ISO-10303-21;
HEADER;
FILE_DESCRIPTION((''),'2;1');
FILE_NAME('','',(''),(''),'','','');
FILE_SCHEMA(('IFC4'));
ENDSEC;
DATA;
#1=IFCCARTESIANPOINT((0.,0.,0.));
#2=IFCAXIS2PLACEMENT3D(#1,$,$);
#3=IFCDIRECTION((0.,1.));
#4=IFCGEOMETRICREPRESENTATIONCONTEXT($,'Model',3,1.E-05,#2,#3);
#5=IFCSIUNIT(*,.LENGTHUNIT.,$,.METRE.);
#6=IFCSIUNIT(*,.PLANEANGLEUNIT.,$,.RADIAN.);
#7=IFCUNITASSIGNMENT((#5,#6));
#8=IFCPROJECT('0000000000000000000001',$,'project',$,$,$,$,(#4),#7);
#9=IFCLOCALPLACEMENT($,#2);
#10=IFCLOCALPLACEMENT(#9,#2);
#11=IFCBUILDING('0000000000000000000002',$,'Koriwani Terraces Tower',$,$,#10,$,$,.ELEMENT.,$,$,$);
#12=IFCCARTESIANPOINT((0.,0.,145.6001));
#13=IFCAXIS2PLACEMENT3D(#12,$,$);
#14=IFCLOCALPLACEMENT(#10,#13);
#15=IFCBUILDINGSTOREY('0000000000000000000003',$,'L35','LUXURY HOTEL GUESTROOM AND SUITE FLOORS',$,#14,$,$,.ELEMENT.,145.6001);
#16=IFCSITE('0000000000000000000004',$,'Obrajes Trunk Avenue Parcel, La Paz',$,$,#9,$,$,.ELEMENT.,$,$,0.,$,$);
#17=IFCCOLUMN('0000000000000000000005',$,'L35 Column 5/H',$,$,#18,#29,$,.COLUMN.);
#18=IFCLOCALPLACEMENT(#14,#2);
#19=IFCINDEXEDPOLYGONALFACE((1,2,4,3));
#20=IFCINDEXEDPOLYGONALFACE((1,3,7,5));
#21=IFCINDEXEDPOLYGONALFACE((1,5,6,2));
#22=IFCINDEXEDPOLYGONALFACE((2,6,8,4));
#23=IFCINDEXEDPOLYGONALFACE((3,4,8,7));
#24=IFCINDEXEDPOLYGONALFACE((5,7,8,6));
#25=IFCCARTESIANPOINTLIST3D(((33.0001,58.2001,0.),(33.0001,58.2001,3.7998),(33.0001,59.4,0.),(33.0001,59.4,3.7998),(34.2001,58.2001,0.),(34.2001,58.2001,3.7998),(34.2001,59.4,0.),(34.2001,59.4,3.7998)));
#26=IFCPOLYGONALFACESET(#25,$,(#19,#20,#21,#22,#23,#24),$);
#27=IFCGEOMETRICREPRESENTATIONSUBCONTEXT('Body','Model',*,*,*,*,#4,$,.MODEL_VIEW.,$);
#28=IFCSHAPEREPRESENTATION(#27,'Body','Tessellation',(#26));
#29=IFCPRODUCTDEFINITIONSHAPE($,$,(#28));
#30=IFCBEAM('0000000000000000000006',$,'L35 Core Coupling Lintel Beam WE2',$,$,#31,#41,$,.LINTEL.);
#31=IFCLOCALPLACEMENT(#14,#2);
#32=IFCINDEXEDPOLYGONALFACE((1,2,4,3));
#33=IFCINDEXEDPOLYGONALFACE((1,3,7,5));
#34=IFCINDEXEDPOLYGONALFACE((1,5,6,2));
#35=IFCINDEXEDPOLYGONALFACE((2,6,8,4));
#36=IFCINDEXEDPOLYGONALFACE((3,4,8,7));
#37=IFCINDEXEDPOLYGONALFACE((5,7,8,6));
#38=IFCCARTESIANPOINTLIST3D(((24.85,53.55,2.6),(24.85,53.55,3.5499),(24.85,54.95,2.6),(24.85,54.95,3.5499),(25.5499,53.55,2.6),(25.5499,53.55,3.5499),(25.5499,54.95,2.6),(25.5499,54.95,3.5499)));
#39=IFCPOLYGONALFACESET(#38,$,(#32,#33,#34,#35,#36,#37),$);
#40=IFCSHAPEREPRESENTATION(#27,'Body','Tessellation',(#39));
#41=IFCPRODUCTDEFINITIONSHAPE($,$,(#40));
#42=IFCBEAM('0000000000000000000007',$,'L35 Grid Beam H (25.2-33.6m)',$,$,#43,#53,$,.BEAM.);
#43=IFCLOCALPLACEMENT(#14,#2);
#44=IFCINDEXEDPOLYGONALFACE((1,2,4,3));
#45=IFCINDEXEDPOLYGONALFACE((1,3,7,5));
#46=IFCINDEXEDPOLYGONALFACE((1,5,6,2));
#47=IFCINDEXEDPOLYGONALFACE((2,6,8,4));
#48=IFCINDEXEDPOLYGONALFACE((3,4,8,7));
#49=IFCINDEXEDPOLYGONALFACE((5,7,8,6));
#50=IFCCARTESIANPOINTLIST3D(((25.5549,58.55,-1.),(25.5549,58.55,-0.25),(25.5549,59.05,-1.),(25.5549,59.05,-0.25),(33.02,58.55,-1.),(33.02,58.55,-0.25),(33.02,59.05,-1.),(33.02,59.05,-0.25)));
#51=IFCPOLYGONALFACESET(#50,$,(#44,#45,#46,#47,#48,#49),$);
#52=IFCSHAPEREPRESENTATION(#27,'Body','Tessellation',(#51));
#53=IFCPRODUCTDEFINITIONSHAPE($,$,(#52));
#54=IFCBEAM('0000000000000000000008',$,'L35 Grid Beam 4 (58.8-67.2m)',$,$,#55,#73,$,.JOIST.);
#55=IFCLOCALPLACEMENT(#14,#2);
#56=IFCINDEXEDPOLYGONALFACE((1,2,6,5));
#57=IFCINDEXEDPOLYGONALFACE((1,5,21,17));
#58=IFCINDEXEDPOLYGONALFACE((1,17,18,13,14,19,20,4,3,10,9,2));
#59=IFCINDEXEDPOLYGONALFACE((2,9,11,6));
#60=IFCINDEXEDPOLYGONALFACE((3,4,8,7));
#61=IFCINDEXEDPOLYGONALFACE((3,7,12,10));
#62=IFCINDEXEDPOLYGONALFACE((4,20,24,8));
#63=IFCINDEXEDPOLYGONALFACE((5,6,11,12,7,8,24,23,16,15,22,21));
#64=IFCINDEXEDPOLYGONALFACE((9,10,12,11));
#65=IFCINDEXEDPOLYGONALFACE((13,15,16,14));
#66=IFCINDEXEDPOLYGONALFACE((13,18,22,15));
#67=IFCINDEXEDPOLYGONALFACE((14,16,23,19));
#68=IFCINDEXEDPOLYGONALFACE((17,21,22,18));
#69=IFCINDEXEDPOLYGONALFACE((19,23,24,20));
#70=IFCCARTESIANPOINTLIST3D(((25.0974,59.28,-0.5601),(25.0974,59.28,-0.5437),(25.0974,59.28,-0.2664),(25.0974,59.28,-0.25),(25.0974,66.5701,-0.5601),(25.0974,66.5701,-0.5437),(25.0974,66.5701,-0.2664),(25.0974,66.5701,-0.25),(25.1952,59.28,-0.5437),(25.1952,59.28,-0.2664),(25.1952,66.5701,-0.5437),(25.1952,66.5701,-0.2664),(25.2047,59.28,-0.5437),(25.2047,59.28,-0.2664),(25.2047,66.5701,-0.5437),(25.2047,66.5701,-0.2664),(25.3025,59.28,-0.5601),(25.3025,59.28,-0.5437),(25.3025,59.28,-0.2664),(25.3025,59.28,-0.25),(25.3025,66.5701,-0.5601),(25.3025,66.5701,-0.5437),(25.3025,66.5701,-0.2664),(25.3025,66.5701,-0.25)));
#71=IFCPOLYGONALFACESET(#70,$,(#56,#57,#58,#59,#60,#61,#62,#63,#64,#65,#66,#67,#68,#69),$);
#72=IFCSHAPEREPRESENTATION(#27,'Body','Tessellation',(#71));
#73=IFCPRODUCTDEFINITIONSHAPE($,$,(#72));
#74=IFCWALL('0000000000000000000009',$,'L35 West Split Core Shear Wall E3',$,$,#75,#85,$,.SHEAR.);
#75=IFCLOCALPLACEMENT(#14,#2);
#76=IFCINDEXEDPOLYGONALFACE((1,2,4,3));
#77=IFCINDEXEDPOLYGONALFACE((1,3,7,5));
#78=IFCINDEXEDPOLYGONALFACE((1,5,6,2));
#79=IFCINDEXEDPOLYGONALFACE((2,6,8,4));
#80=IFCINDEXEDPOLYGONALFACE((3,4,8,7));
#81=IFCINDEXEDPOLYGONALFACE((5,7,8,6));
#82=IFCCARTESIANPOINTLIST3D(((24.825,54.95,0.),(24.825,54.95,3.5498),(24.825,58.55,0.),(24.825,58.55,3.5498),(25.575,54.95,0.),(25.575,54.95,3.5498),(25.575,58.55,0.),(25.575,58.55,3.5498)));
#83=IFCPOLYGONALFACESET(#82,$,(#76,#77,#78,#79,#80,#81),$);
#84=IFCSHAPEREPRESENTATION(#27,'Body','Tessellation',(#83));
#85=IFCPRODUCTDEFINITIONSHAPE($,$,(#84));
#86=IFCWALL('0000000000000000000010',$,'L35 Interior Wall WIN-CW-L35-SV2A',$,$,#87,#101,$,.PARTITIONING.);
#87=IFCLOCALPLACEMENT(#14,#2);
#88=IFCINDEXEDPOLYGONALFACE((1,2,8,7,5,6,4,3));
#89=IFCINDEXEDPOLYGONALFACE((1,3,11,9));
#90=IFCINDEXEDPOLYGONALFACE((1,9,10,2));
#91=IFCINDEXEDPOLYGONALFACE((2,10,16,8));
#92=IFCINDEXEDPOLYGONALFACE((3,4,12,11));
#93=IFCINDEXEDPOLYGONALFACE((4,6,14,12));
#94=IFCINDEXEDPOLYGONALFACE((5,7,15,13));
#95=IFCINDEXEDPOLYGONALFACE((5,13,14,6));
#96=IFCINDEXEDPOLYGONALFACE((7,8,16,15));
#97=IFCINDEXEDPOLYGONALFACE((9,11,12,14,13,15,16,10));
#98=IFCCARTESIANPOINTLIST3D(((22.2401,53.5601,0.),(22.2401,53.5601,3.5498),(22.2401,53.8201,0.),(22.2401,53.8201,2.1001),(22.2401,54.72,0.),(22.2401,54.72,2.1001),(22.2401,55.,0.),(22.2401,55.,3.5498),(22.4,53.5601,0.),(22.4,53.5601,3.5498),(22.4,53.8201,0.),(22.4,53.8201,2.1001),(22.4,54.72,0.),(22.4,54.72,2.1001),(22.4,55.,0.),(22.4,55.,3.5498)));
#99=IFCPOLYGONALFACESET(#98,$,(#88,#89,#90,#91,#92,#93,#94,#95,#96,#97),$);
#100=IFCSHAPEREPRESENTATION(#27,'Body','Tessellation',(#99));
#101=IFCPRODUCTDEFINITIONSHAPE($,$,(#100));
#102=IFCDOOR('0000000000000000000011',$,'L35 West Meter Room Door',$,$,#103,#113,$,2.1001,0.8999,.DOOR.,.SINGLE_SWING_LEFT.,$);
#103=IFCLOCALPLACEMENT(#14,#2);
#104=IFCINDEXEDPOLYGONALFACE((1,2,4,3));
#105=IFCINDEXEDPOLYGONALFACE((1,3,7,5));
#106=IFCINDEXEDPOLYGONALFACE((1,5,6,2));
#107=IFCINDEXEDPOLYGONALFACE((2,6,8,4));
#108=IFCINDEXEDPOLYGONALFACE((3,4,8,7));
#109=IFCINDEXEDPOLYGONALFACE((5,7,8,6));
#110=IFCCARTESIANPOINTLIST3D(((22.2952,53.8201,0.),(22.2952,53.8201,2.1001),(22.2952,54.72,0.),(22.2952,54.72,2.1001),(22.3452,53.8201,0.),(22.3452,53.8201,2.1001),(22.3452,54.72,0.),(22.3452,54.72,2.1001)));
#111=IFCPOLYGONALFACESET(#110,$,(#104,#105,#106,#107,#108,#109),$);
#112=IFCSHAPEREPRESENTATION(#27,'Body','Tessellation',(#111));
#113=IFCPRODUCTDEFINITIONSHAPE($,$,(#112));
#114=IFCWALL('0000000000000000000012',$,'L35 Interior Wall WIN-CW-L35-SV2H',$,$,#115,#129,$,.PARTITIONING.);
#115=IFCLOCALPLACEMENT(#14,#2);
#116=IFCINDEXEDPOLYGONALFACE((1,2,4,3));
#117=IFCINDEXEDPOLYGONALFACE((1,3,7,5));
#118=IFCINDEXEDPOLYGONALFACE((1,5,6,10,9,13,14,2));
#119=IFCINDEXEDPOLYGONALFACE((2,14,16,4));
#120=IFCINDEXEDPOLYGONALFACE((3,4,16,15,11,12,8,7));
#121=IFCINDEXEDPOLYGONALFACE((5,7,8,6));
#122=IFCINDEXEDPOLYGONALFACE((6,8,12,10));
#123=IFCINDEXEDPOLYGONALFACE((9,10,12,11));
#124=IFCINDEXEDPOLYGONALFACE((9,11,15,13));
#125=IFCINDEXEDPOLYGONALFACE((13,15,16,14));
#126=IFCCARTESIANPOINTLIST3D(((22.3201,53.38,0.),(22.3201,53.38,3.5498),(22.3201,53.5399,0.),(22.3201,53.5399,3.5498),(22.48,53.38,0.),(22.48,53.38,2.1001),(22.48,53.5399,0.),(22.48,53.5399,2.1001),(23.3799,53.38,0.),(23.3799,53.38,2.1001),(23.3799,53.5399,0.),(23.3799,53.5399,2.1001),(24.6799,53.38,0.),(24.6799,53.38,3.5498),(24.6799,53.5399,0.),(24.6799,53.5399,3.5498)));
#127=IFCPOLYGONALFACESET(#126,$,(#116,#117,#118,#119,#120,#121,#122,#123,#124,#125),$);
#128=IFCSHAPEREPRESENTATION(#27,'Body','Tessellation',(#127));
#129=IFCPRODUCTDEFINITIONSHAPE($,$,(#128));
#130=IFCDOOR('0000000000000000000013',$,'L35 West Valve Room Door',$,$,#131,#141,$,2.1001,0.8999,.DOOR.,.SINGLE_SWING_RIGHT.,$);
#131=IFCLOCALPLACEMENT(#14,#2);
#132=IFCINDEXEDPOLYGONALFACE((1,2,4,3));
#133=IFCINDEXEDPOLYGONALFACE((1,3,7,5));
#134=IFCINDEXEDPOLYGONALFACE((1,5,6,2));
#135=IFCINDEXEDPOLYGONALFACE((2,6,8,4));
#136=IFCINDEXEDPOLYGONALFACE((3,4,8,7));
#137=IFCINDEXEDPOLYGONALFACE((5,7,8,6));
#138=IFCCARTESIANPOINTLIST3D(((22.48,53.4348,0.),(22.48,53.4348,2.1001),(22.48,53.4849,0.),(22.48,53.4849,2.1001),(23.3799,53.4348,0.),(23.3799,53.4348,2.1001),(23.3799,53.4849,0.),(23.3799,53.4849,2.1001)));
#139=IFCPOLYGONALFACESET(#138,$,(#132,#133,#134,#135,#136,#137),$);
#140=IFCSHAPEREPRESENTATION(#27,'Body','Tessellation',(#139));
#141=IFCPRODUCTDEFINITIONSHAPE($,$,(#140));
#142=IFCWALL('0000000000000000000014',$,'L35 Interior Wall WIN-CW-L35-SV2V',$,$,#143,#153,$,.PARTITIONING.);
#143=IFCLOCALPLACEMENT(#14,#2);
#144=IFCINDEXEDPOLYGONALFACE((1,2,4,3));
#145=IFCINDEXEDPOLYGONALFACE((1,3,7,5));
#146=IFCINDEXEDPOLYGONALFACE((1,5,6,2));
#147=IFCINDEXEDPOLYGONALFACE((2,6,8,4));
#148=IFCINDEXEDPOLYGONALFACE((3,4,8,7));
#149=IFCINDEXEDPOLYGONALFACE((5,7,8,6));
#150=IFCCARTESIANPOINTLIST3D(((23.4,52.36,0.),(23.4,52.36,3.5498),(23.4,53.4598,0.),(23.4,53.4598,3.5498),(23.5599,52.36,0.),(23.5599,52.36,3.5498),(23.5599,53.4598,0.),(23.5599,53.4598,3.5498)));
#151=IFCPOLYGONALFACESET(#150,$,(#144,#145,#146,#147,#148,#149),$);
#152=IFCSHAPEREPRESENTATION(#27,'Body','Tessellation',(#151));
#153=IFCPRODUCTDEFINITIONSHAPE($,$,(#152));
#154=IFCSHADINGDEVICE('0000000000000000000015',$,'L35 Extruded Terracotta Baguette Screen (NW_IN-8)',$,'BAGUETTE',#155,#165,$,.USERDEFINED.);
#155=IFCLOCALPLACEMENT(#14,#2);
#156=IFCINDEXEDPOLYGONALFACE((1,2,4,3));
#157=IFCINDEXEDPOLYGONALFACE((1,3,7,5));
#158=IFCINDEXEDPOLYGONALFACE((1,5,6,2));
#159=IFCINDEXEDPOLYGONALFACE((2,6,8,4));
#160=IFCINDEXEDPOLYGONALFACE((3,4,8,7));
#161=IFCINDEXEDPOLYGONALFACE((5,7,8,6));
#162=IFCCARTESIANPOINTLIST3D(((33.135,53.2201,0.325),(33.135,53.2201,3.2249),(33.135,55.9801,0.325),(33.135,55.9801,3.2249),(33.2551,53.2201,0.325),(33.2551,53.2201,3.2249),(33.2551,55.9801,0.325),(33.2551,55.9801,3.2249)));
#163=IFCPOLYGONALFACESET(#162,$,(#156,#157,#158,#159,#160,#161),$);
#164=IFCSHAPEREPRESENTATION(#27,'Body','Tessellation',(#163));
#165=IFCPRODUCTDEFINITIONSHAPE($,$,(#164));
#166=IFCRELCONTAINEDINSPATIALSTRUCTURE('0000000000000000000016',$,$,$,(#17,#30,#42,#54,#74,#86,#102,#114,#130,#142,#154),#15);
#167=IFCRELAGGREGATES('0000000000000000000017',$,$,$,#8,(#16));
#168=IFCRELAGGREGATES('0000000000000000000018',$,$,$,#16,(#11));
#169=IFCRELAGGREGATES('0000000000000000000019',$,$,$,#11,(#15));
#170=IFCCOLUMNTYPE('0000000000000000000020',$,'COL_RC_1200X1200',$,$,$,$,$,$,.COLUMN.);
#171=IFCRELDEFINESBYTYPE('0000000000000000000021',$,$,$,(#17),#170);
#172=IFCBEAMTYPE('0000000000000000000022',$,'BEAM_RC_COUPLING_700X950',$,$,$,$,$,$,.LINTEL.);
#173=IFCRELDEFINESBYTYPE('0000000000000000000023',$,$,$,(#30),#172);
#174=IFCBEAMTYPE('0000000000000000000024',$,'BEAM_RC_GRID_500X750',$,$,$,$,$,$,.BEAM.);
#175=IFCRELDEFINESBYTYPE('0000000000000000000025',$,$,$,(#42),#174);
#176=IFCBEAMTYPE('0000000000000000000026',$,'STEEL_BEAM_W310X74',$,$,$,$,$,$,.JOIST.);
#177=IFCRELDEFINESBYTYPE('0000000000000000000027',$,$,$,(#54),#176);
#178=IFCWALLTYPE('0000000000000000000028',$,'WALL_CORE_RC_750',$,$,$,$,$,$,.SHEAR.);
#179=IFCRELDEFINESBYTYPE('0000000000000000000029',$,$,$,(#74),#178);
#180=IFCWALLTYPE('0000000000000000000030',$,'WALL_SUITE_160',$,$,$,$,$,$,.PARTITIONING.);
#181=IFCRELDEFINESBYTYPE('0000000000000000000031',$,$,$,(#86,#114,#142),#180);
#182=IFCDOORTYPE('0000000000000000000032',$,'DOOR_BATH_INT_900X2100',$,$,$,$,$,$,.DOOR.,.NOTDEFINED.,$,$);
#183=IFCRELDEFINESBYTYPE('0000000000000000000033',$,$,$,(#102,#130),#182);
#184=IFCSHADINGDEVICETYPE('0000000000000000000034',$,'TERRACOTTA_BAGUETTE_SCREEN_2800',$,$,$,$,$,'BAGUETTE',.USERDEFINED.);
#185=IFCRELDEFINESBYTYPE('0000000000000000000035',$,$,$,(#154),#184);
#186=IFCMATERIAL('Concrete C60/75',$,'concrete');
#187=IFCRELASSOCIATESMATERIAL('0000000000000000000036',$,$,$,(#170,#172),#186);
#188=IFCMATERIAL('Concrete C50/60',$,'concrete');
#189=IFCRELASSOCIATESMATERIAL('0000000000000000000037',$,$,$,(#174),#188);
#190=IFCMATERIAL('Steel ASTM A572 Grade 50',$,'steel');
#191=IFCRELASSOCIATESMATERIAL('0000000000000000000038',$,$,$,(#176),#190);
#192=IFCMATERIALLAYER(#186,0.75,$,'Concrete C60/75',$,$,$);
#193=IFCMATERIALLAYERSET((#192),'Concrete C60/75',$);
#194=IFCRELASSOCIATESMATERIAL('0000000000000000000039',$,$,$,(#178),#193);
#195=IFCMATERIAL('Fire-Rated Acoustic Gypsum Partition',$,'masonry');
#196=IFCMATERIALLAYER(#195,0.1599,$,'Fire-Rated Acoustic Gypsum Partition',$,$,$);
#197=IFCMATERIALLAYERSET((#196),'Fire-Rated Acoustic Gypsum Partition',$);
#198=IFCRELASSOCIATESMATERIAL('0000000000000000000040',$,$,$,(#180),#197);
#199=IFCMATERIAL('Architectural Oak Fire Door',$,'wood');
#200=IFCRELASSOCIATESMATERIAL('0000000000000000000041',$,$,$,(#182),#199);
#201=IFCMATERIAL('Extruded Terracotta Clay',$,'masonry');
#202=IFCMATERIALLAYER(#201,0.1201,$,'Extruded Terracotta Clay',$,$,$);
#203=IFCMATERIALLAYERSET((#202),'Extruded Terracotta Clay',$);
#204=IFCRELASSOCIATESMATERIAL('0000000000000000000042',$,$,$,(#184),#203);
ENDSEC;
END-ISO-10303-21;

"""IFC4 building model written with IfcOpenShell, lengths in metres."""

from ifc_helpers import new_model, si_unit, direction, frame, frame_2d, origin, origin_2d, place, context, subcontext, project, spatial, rectangle, i_section, extrude, material, layer, layer_set, material_profile, profile_set, type_object, element, fill, save


model = new_model("IFC4")

# Units and contexts
model_context = context("Model", 3, precision=1e-05, world=origin(), true_north=direction((0.0, 1.0)))
body_context = subcontext(model_context, "Body", "Model", "MODEL_VIEW")
ifc_project = project(units=[si_unit("LENGTHUNIT", "METRE"), si_unit("PLANEANGLEUNIT", "RADIAN")], contexts=[model_context])

# Site, building, storey
site_placement = place(None, origin())
site = spatial("IfcSite", under=ifc_project, at=site_placement, Name="Obrajes Trunk Avenue Parcel, La Paz", CompositionType="ELEMENT", RefElevation=0.0)
building_placement = place(site_placement, origin())
building = spatial("IfcBuilding", under=site, at=building_placement, Name="Koriwani Terraces Tower", CompositionType="ELEMENT")
storey_placement = place(building_placement, frame((0.0, 0.0, 145.6001)))
storey = spatial("IfcBuildingStorey", under=building, at=storey_placement, Name="L35", Description="LUXURY HOTEL GUESTROOM AND SUITE FLOORS", CompositionType="ELEMENT", Elevation=145.6001)

# Column
ifc_material_1 = material(Name="Concrete C60/75", Category="concrete")
ifc_material_profile_1 = material_profile(ifc_material_1, rectangle(XDim=1.2, YDim=1.2, at=origin_2d()), Name="Concrete C60/75", Category="LoadBearing")
ifc_profile_set_1 = profile_set([ifc_material_profile_1], Name="Concrete C60/75")
column_type = type_object("IfcColumnType", Name="COL_RC_1200X1200", PredefinedType="COLUMN", material=ifc_profile_set_1)
column_placement = place(storey_placement, frame((33.6001, 58.8, 0.0), z_axis=(0.0, 0.0, 1.0), x_axis=(1.0, 0.0, 0.0)))
element("IfcColumn", 1, at=column_placement, inside=storey, type_object=column_type, Name="L35 Column 5/H", PredefinedType="COLUMN", context=body_context, shape_type="SweptSolid", body=[
    extrude(rectangle(XDim=1.2, YDim=1.2, at=origin_2d()), origin(), (0.0, 0.0, 1.0), 3.7998),
])

# Beams
ifc_material_profile_2 = material_profile(ifc_material_1, rectangle(XDim=0.7, YDim=0.95, at=origin_2d()), Name="Concrete C60/75", Category="LoadBearing")
ifc_profile_set_2 = profile_set([ifc_material_profile_2], Name="Concrete C60/75")
beam_type_1 = type_object("IfcBeamType", Name="BEAM_RC_COUPLING_700X950", PredefinedType="LINTEL", material=ifc_profile_set_2)
beam_1_placement = place(storey_placement, frame((25.2, 53.55, 3.075), z_axis=(0.0, 1.0, 0.0), x_axis=(-1.0, 0.0, 0.0)))
element("IfcBeam", 2, at=beam_1_placement, inside=storey, type_object=beam_type_1, Name="L35 Core Coupling Lintel Beam WE2", PredefinedType="LINTEL", context=body_context, shape_type="SweptSolid", body=[
    extrude(rectangle(XDim=0.7, YDim=0.95, at=origin_2d()), origin(), (0.0, 0.0, 1.0), 1.3999),
])
ifc_material_2 = material(Name="Concrete C50/60", Category="concrete")
ifc_material_profile_3 = material_profile(ifc_material_2, rectangle(XDim=0.5, YDim=0.75, at=origin_2d()), Name="Concrete C50/60", Category="LoadBearing")
ifc_profile_set_3 = profile_set([ifc_material_profile_3], Name="Concrete C50/60")
beam_type_2 = type_object("IfcBeamType", Name="BEAM_RC_GRID_500X750", PredefinedType="BEAM", material=ifc_profile_set_3)
beam_2_placement = place(storey_placement, frame((25.5549, 58.8, -0.625), z_axis=(1.0, 0.0, 0.0), x_axis=(0.0, 1.0, 0.0)))
element("IfcBeam", 3, at=beam_2_placement, inside=storey, type_object=beam_type_2, Name="L35 Grid Beam H (25.2-33.6m)", PredefinedType="BEAM", context=body_context, shape_type="SweptSolid", body=[
    extrude(rectangle(XDim=0.5, YDim=0.75, at=origin_2d()), origin(), (0.0, 0.0, 1.0), 7.4651),
])
ifc_material_3 = material(Name="Steel ASTM A572 Grade 50", Category="steel")
ifc_material_profile_4 = material_profile(ifc_material_3, i_section(OverallWidth=0.2051, OverallDepth=0.3101, WebThickness=0.0095, FlangeThickness=0.0164, at=origin_2d()), Name="Steel ASTM A572 Grade 50", Category="LoadBearing")
ifc_profile_set_4 = profile_set([ifc_material_profile_4], Name="Steel ASTM A572 Grade 50")
beam_type_3 = type_object("IfcBeamType", Name="STEEL_BEAM_W310X74", PredefinedType="JOIST", material=ifc_profile_set_4)
beam_3_placement = place(storey_placement, frame((25.2, 59.28, -0.405), z_axis=(0.0, 1.0, 0.0), x_axis=(-1.0, 0.0, 0.0)))
element("IfcBeam", 4, at=beam_3_placement, inside=storey, type_object=beam_type_3, Name="L35 Grid Beam 4 (58.8-67.2m)", PredefinedType="JOIST", context=body_context, shape_type="SweptSolid", body=[
    extrude(i_section(OverallWidth=0.2051, OverallDepth=0.3101, WebThickness=0.0095, FlangeThickness=0.0164, at=origin_2d()), origin(), (0.0, 0.0, 1.0), 7.29),
])

# Wall
ifc_layer_1 = layer(ifc_material_1, 0.75, Name="Concrete C60/75")
ifc_layer_set_1 = layer_set([ifc_layer_1], Name="Concrete C60/75")
wall_type_1 = type_object("IfcWallType", Name="WALL_CORE_RC_750", PredefinedType="SHEAR", material=ifc_layer_set_1)
wall_1_placement = place(storey_placement, frame((25.2, 54.95, 0.0), z_axis=(0.0, 0.0, 1.0), x_axis=(0.0, 1.0, 0.0)))
element("IfcWall", 5, at=wall_1_placement, inside=storey, type_object=wall_type_1, Name="L35 West Split Core Shear Wall E3", PredefinedType="SHEAR", context=body_context, shape_type="SweptSolid", body=[
    extrude(rectangle(XDim=3.6001, YDim=0.75, at=frame_2d((1.8, 0.0))), origin(), (0.0, 0.0, 1.0), 3.5498),
])

# Shared definitions
ifc_material_4 = material(Name="Architectural Oak Fire Door", Category="wood")

# Walls, openings, doors
ifc_material_5 = material(Name="Fire-Rated Acoustic Gypsum Partition", Category="masonry")
ifc_layer_2 = layer(ifc_material_5, 0.1599, Name="Fire-Rated Acoustic Gypsum Partition")
ifc_layer_set_2 = layer_set([ifc_layer_2], Name="Fire-Rated Acoustic Gypsum Partition")
wall_type_2 = type_object("IfcWallType", Name="WALL_SUITE_160", PredefinedType="PARTITIONING", material=ifc_layer_set_2)
wall_2_placement = place(storey_placement, frame((22.3201, 53.5601, 0.0), z_axis=(0.0, 0.0, 1.0), x_axis=(0.0, 1.0, 0.0)))
wall_2 = element("IfcWall", 6, at=wall_2_placement, inside=storey, type_object=wall_type_2, Name="L35 Interior Wall WIN-CW-L35-SV2A", PredefinedType="PARTITIONING", context=body_context, shape_type="SweptSolid", body=[
    extrude(rectangle(XDim=1.4399, YDim=0.1599, at=frame_2d((0.72, 0.0))), origin(), (0.0, 0.0, 1.0), 3.5498),
])
opening_1_placement = place(wall_2_placement, frame((0.26, 0.0, 0.0)))
opening_1 = element("IfcOpeningElement", 7, at=opening_1_placement, cuts=wall_2, PredefinedType="OPENING", context=body_context, shape_type="SweptSolid", body=[
    extrude(rectangle(XDim=0.8999, YDim=2.1001, at=frame_2d((0.45, 1.05))), frame((0.0, 0.0898, 0.0), z_axis=(0.0, -1.0, 0.0), x_axis=(1.0, 0.0, 0.0)), (0.0, 0.0, 1.0), 0.1799),
])
door_type_1 = type_object("IfcDoorType", Name="DOOR_BATH_INT_900X2100", OperationType="NOTDEFINED", PredefinedType="DOOR", material=ifc_material_4)
door_1_placement = place(opening_1_placement, origin())
door_1 = element("IfcDoor", 8, at=door_1_placement, inside=storey, type_object=door_type_1, Name="L35 West Meter Room Door", OperationType="SINGLE_SWING_LEFT", OverallHeight=2.1001, OverallWidth=0.8999, PredefinedType="DOOR", context=body_context, shape_type="SweptSolid", body=[
    extrude(rectangle(XDim=0.8999, YDim=2.1001, at=frame_2d((0.45, 1.05))), frame((0.0, 0.0249, 0.0), z_axis=(0.0, -1.0, 0.0), x_axis=(1.0, 0.0, 0.0)), (0.0, 0.0, 1.0), 0.05),
])
fill(opening_1, door_1)
wall_3_placement = place(storey_placement, frame((22.3201, 53.46, 0.0), z_axis=(0.0, 0.0, 1.0), x_axis=(1.0, 0.0, 0.0)))
wall_3 = element("IfcWall", 9, at=wall_3_placement, inside=storey, type_object=wall_type_2, Name="L35 Interior Wall WIN-CW-L35-SV2H", PredefinedType="PARTITIONING", context=body_context, shape_type="SweptSolid", body=[
    extrude(rectangle(XDim=2.3599, YDim=0.1599, at=frame_2d((1.1799, 0.0))), origin(), (0.0, 0.0, 1.0), 3.5498),
])
opening_2_placement = place(wall_3_placement, frame((0.1599, 0.0, 0.0)))
opening_2 = element("IfcOpeningElement", 10, at=opening_2_placement, cuts=wall_3, PredefinedType="OPENING", context=body_context, shape_type="SweptSolid", body=[
    extrude(rectangle(XDim=0.8999, YDim=2.1001, at=frame_2d((0.45, 1.05))), frame((0.0, 0.0898, 0.0), z_axis=(0.0, -1.0, 0.0), x_axis=(1.0, 0.0, 0.0)), (0.0, 0.0, 1.0), 0.1799),
])
door_2_placement = place(opening_2_placement, origin())
door_2 = element("IfcDoor", 11, at=door_2_placement, inside=storey, type_object=door_type_1, Name="L35 West Valve Room Door", OperationType="SINGLE_SWING_RIGHT", OverallHeight=2.1001, OverallWidth=0.8999, PredefinedType="DOOR", context=body_context, shape_type="SweptSolid", body=[
    extrude(rectangle(XDim=0.8999, YDim=2.1001, at=frame_2d((0.45, 1.05))), frame((0.0, 0.0249, 0.0), z_axis=(0.0, -1.0, 0.0), x_axis=(1.0, 0.0, 0.0)), (0.0, 0.0, 1.0), 0.05),
])
fill(opening_2, door_2)

# Wall
wall_4_placement = place(storey_placement, frame((23.48, 52.3601, 0.0), z_axis=(0.0, 0.0, 1.0), x_axis=(0.0, 1.0, 0.0)))
element("IfcWall", 12, at=wall_4_placement, inside=storey, type_object=wall_type_2, Name="L35 Interior Wall WIN-CW-L35-SV2V", PredefinedType="PARTITIONING", context=body_context, shape_type="SweptSolid", body=[
    extrude(rectangle(XDim=1.0999, YDim=0.1599, at=frame_2d((0.5498, 0.0))), origin(), (0.0, 0.0, 1.0), 3.5498),
])

# Shading device
ifc_material_6 = material(Name="Extruded Terracotta Clay", Category="masonry")
ifc_layer_3 = layer(ifc_material_6, 0.1201, Name="Extruded Terracotta Clay")
ifc_layer_set_3 = layer_set([ifc_layer_3], Name="Extruded Terracotta Clay")
shading_device_type = type_object("IfcShadingDeviceType", Name="TERRACOTTA_BAGUETTE_SCREEN_2800", ElementType="BAGUETTE", PredefinedType="USERDEFINED", material=ifc_layer_set_3)
shading_device_placement = place(storey_placement, frame((33.1951, 54.6001, 0.325), z_axis=(0.0, 0.0, 1.0), x_axis=(0.0, -1.0, 0.0)))
element("IfcShadingDevice", 13, at=shading_device_placement, inside=storey, type_object=shading_device_type, Name="L35 Extruded Terracotta Baguette Screen (NW_IN-8)", ObjectType="BAGUETTE", PredefinedType="USERDEFINED", context=body_context, shape_type="SweptSolid", body=[
    extrude(rectangle(XDim=2.76, YDim=0.1201, at=origin_2d()), origin(), (0.0, 0.0, 1.0), 2.8999),
])

save(model, "model.ifc")
